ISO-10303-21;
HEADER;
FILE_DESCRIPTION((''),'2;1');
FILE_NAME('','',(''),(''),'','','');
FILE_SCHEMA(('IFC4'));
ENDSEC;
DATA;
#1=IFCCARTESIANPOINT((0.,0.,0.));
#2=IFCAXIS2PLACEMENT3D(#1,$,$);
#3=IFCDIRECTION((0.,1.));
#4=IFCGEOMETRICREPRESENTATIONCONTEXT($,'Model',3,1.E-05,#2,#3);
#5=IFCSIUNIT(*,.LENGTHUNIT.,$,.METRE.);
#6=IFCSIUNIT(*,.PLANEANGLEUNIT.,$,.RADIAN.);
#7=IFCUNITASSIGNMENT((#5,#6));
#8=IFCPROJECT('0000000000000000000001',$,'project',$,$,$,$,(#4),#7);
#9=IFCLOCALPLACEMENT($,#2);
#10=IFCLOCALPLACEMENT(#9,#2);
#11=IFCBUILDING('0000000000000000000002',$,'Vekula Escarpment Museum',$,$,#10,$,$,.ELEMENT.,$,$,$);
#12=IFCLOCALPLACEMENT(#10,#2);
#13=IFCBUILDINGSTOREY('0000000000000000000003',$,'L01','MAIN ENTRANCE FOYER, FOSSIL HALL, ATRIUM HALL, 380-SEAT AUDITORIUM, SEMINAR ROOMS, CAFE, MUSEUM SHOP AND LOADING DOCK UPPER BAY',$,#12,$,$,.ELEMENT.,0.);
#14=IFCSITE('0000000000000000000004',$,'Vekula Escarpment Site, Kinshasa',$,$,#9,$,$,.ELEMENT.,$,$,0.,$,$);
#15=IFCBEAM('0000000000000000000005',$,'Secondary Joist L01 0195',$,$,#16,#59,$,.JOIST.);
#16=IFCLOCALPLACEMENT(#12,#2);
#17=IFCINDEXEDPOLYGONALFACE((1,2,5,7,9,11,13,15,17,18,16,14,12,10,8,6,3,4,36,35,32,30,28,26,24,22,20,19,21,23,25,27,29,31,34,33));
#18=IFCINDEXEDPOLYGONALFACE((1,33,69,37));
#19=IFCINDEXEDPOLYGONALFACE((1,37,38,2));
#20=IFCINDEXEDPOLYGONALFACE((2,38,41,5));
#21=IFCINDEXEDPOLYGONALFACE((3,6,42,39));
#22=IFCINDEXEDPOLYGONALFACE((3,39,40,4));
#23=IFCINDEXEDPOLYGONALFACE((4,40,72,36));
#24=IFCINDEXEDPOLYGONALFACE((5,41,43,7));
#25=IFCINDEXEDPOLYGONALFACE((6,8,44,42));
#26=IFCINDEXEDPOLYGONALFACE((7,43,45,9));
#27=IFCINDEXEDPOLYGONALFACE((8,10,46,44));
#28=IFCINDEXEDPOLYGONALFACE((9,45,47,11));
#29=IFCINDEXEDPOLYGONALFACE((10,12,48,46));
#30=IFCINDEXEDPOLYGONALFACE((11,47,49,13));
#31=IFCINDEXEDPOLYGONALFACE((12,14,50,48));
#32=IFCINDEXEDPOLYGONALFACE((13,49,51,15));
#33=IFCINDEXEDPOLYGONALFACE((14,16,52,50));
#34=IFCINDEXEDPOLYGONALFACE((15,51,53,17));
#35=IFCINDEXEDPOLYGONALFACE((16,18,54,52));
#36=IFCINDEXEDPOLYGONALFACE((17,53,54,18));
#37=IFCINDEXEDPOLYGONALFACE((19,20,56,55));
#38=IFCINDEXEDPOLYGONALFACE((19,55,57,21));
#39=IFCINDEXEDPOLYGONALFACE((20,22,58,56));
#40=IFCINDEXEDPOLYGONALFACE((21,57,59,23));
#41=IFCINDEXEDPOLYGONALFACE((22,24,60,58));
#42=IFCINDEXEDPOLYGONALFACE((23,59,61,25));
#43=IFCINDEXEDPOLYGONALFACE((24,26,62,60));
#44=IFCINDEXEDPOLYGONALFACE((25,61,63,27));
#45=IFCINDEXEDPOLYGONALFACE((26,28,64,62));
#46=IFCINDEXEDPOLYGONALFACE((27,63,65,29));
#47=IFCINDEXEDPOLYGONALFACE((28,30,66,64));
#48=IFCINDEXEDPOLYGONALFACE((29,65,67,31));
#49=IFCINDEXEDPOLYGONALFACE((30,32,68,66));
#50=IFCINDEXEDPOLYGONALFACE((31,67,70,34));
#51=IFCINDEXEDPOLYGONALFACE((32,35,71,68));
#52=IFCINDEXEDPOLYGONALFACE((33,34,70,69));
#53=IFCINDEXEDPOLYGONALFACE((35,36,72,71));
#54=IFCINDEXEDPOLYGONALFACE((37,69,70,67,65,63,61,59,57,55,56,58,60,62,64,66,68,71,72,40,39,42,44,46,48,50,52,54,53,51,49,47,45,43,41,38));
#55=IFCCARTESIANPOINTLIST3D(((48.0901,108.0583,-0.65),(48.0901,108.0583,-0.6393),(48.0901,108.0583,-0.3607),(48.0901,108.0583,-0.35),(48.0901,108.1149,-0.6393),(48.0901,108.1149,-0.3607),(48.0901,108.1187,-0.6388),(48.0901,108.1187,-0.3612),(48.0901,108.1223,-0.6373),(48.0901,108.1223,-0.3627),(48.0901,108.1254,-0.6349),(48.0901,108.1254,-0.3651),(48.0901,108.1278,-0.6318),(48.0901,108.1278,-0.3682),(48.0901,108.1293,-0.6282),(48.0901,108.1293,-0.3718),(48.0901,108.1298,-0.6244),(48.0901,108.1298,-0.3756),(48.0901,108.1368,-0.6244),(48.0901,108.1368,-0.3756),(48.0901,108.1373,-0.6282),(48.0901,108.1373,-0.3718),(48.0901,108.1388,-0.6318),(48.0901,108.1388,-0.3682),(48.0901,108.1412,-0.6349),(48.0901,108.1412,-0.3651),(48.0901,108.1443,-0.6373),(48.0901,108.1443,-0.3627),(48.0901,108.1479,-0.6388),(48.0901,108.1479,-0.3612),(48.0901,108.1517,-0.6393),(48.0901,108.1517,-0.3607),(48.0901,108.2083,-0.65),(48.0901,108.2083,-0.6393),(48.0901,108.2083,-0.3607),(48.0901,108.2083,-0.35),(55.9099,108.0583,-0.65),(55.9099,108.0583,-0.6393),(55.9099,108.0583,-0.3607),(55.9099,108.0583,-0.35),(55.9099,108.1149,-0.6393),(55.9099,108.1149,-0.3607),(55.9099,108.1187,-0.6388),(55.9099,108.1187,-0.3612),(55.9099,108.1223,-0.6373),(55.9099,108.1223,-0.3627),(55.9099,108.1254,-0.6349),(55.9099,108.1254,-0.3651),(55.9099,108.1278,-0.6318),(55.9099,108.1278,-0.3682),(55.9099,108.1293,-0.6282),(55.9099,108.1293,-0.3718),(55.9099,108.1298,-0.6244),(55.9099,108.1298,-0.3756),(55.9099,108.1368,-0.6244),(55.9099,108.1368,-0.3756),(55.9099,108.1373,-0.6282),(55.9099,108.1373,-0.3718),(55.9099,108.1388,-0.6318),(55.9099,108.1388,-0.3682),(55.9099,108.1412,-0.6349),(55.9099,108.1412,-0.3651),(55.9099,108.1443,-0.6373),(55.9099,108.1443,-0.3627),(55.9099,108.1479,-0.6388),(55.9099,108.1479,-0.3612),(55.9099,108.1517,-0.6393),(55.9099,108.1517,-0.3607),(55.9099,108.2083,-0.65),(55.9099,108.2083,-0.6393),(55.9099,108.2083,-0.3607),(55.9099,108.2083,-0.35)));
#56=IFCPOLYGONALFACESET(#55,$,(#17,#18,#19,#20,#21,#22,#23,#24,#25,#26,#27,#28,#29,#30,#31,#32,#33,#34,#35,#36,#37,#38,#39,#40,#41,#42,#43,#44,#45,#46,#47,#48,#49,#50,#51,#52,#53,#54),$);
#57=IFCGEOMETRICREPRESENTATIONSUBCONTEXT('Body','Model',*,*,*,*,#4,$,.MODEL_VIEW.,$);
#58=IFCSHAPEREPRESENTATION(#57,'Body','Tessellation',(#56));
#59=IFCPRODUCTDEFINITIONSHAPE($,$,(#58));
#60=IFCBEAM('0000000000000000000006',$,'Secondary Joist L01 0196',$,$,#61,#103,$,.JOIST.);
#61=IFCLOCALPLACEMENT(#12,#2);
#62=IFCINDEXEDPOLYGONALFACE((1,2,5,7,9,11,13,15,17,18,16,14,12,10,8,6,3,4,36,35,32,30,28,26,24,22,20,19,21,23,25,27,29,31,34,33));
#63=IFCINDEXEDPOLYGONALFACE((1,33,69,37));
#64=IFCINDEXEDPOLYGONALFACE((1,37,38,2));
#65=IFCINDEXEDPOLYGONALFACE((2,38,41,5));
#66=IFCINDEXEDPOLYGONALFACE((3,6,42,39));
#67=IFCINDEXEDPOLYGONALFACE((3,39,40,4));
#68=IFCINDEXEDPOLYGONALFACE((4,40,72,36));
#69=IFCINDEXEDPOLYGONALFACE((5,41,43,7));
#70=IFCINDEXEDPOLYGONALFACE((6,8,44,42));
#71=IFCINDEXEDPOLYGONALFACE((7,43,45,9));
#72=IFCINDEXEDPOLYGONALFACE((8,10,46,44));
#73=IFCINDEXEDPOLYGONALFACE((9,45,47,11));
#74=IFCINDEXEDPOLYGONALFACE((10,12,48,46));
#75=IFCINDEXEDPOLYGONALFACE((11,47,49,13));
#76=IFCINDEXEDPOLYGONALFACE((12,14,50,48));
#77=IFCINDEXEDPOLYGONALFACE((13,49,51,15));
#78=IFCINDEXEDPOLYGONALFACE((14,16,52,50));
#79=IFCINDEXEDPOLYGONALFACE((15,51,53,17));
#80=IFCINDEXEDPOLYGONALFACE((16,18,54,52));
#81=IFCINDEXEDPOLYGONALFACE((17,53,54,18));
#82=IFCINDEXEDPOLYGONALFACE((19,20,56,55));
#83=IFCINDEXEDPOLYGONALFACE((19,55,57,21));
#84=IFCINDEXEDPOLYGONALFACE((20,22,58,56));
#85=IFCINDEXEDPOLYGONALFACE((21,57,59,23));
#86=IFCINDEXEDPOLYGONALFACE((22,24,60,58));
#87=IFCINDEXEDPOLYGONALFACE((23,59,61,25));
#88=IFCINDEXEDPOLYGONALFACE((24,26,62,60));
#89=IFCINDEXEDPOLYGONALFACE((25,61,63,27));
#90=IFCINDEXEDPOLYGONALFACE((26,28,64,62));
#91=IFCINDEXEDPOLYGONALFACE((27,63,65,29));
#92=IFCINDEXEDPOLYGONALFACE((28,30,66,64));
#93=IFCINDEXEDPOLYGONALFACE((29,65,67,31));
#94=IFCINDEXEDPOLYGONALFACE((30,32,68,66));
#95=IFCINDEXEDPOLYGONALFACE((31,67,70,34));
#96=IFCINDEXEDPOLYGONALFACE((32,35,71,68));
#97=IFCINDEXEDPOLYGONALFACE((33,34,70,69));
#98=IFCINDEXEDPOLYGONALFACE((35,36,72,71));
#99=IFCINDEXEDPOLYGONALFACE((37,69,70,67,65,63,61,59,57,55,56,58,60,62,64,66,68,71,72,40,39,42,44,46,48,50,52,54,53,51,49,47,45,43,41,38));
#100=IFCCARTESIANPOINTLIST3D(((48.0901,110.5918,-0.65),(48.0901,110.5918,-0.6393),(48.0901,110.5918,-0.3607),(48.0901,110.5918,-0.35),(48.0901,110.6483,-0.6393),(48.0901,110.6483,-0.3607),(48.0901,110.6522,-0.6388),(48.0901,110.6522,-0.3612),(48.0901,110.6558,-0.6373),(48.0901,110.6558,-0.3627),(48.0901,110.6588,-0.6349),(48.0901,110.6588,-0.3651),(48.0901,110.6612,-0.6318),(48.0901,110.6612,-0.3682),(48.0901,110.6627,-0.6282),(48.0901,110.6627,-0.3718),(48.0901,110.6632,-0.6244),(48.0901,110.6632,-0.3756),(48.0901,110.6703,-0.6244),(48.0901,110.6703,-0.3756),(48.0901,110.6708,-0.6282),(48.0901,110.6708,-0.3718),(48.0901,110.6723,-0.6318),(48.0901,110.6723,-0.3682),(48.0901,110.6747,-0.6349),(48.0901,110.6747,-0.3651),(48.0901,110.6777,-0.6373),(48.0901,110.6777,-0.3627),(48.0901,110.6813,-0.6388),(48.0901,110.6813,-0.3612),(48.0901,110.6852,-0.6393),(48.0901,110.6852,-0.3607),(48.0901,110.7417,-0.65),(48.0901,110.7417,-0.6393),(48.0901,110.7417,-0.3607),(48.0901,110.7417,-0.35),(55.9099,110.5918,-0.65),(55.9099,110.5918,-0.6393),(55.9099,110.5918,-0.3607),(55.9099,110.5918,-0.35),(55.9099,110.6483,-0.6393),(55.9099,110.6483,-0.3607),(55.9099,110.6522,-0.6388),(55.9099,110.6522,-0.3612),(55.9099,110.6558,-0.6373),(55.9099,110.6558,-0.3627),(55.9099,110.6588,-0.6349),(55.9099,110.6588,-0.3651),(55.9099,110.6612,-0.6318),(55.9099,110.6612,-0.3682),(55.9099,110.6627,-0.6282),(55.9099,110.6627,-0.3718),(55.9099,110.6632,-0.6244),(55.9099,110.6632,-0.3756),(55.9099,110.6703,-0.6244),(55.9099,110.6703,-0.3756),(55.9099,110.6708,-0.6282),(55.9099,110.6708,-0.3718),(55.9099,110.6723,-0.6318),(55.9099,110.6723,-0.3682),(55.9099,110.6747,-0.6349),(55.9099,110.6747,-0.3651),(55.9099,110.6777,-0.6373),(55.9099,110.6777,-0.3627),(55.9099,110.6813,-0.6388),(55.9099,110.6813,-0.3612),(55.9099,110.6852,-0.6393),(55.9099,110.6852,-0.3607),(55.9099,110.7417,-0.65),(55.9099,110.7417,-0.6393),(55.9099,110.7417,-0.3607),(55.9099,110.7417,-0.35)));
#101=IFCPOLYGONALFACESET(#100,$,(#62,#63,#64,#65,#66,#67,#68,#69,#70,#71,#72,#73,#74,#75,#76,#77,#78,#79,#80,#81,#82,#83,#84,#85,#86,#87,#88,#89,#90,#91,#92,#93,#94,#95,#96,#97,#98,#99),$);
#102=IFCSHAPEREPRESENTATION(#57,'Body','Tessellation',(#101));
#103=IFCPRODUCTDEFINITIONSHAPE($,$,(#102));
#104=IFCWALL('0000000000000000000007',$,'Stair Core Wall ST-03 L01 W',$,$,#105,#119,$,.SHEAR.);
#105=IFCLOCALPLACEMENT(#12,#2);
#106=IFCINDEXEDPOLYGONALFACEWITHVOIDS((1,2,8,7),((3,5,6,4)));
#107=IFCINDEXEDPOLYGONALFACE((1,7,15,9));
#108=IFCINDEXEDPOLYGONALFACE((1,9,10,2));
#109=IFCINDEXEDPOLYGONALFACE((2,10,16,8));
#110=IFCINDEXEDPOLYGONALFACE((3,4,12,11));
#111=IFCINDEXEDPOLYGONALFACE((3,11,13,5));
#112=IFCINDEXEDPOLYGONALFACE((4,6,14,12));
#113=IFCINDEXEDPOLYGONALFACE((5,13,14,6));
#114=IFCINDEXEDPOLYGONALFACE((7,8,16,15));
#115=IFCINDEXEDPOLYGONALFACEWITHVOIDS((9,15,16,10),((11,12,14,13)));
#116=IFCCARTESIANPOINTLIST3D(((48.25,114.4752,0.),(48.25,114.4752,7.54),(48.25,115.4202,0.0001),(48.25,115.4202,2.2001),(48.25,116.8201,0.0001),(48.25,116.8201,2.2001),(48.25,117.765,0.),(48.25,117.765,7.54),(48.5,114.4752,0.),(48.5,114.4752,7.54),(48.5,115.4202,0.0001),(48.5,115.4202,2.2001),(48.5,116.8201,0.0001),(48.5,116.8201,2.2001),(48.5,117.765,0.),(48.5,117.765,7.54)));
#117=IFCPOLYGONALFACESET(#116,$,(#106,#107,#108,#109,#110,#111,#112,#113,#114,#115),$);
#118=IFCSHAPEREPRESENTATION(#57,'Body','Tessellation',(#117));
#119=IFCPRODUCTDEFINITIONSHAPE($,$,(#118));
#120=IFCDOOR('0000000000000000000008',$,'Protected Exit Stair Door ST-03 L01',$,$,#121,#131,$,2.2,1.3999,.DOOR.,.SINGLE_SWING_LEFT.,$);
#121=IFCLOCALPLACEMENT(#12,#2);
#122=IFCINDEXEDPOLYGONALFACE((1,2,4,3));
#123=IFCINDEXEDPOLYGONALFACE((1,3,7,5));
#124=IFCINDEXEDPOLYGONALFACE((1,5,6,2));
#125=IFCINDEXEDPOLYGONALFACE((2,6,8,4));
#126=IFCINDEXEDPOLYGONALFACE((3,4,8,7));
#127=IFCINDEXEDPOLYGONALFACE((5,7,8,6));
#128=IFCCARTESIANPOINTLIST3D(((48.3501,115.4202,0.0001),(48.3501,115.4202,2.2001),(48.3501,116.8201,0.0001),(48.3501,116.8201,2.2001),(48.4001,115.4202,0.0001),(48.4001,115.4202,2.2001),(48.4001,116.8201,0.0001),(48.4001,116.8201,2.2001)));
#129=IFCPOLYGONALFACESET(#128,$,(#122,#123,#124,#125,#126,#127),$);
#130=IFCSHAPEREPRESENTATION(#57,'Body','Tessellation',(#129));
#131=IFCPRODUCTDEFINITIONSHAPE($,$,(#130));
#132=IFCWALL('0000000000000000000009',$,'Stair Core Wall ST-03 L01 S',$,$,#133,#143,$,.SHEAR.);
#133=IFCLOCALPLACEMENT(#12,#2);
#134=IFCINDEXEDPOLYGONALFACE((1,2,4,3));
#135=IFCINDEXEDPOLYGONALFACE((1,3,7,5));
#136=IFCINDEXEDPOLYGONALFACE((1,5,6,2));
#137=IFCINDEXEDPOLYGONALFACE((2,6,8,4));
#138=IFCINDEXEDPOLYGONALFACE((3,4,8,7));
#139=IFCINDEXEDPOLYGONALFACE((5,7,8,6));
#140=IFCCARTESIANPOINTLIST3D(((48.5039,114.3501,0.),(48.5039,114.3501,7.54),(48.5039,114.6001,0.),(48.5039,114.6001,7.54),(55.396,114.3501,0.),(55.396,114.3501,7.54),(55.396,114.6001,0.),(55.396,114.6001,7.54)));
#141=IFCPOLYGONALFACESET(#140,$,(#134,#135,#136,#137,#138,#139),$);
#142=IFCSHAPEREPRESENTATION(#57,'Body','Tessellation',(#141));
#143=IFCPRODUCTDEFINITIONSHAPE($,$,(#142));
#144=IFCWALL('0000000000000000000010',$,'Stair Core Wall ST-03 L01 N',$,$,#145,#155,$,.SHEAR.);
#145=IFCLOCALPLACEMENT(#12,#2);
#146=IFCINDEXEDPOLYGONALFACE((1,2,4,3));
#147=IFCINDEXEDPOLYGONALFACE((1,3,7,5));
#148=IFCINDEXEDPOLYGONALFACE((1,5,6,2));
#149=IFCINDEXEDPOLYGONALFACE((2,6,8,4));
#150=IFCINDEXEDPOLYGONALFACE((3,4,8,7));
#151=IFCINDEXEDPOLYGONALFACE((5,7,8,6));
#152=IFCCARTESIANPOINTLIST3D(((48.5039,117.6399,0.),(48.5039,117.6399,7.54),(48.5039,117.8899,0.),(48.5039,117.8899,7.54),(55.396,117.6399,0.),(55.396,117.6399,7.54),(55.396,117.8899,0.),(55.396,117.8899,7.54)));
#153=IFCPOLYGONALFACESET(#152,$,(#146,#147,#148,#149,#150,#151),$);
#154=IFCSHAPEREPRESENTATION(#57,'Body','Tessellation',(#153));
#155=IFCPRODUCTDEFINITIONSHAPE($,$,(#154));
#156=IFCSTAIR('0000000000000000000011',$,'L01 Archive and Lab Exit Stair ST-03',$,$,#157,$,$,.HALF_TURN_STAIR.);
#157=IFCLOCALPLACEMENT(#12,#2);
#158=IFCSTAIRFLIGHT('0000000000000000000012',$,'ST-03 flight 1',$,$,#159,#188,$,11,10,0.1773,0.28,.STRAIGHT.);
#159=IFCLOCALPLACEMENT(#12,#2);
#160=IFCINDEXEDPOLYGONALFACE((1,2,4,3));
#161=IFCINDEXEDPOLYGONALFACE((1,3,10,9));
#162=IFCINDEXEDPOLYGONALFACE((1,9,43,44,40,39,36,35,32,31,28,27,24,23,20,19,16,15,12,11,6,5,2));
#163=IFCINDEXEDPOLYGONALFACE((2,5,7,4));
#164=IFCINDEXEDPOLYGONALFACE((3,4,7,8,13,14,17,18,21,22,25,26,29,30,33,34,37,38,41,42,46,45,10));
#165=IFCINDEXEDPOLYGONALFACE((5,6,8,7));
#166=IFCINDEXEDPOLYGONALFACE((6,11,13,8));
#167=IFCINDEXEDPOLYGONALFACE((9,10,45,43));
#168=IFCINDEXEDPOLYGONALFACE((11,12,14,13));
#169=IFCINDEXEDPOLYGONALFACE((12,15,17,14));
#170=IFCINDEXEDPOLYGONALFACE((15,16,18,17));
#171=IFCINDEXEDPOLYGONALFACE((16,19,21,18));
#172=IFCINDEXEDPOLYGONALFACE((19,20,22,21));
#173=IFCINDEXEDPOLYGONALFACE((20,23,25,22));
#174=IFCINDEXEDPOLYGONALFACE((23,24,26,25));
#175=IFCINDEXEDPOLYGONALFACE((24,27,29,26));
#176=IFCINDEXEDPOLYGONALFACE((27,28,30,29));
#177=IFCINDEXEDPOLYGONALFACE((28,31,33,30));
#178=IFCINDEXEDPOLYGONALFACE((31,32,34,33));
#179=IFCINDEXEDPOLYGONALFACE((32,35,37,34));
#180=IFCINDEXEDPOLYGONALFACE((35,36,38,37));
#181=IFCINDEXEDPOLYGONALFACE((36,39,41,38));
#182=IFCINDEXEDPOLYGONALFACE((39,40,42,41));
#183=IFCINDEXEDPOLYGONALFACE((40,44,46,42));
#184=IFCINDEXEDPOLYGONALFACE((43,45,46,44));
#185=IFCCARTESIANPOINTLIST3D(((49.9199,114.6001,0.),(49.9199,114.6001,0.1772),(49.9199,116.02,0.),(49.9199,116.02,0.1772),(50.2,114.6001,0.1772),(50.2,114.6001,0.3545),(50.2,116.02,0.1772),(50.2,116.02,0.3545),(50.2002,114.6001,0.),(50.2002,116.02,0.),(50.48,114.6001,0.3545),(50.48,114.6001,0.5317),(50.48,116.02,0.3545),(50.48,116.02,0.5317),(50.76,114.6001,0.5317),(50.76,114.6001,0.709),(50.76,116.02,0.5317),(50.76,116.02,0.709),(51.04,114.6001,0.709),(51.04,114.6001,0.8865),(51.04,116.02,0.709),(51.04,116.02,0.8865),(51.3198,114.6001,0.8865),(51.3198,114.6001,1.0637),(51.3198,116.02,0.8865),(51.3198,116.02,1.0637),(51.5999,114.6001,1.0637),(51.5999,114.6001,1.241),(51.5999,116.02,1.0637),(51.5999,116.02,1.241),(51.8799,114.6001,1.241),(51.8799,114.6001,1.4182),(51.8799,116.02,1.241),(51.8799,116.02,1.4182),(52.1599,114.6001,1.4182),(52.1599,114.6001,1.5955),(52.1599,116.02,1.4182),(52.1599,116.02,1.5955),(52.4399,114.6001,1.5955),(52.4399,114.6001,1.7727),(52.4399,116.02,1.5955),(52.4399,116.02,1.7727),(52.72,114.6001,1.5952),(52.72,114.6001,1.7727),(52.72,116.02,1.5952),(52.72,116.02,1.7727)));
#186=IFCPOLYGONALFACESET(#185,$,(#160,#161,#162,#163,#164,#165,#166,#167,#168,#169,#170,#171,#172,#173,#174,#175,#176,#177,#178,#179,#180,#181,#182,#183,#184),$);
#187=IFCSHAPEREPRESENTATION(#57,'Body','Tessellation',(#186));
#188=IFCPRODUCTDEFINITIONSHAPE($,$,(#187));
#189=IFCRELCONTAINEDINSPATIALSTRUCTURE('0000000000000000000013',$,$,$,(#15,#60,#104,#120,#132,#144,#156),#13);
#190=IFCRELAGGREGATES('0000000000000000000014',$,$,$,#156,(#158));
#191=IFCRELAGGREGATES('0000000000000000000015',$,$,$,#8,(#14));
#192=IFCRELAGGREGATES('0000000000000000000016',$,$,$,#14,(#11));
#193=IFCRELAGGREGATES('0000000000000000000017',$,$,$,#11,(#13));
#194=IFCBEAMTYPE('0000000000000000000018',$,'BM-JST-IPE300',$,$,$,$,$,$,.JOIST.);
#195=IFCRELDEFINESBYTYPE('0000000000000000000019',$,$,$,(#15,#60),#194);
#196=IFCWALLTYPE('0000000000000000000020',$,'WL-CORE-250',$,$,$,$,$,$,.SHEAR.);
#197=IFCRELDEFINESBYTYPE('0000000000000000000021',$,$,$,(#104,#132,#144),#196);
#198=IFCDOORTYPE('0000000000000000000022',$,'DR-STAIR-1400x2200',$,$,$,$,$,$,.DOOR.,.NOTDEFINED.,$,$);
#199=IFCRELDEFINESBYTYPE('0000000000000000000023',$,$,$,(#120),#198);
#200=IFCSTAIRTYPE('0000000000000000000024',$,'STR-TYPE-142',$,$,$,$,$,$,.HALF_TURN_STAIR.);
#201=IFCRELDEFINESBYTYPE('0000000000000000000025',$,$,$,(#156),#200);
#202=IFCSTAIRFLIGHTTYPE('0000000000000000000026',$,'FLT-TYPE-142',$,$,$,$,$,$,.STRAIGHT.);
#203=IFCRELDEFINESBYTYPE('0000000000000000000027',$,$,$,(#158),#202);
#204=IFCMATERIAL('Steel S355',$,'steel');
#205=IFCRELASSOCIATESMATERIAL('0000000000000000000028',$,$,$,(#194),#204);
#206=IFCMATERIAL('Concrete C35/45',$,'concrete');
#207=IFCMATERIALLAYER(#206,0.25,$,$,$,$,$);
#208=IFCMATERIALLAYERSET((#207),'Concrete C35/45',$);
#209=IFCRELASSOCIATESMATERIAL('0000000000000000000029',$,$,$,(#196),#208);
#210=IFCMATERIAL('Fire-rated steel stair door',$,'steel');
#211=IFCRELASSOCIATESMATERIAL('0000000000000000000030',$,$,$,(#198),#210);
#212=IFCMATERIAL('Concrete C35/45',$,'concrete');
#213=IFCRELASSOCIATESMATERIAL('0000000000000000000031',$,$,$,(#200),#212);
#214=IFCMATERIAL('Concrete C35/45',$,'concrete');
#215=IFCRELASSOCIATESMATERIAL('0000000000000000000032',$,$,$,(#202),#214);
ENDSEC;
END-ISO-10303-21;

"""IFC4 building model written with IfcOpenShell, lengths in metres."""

from ifc_helpers import new_model, si_unit, direction, frame, frame_2d, origin, origin_2d, place, context, subcontext, project, spatial, polyline, rectangle, i_section, outline, extrude, material, layer, layer_set, material_profile, profile_set, type_object, element, fill, aggregate, save


model = new_model("IFC4")

# Units and contexts
model_context = context("Model", 3, precision=1e-05, world=origin(), true_north=direction((0.0, 1.0)))
body_context = subcontext(model_context, "Body", "Model", "MODEL_VIEW")
ifc_project = project(units=[si_unit("LENGTHUNIT", "METRE"), si_unit("PLANEANGLEUNIT", "RADIAN")], contexts=[model_context])

# Site, building, storey
site_placement = place(None, origin())
site = spatial("IfcSite", under=ifc_project, at=site_placement, Name="Vekula Escarpment Site, Kinshasa", CompositionType="ELEMENT", RefElevation=0.0)
building_placement = place(site_placement, origin())
building = spatial("IfcBuilding", under=site, at=building_placement, Name="Vekula Escarpment Museum", CompositionType="ELEMENT")
storey_placement = place(building_placement, origin())
storey = spatial("IfcBuildingStorey", under=building, at=storey_placement, Name="L01", Description="MAIN ENTRANCE FOYER, FOSSIL HALL, ATRIUM HALL, 380-SEAT AUDITORIUM, SEMINAR ROOMS, CAFE, MUSEUM SHOP AND LOADING DOCK UPPER BAY", CompositionType="ELEMENT", Elevation=0.0)

# Beams
ifc_material_1 = material(Name="Steel S355", Category="steel")
ifc_material_profile = material_profile(ifc_material_1, i_section(OverallWidth=0.1499, OverallDepth=0.3, WebThickness=0.0071, FlangeThickness=0.0107, FilletRadius=0.0149, at=origin_2d()), Name="IPE 300")
ifc_profile_set = profile_set([ifc_material_profile], Name="Steel S355")
beam_type = type_object("IfcBeamType", Name="BM-JST-IPE300", PredefinedType="JOIST", material=ifc_profile_set)
for number, where, z_axis, x_axis, name in (
    (1, (48.0901, 108.1333, -0.5), (1.0, 0.0, 0.0), (0.0, 1.0, 0.0), "Secondary Joist L01 0195"),
    (2, (48.0901, 110.6667, -0.5), (1.0, 0.0, 0.0), (0.0, 1.0, 0.0), "Secondary Joist L01 0196"),
):
    element("IfcBeam", number, at=place(storey_placement, frame(where, z_axis=z_axis, x_axis=x_axis)), inside=storey, type_object=beam_type, Name=name, PredefinedType="JOIST", context=body_context, shape_type="SweptSolid", body=[
        extrude(i_section(OverallWidth=0.1499, OverallDepth=0.3, WebThickness=0.0071, FlangeThickness=0.0107, FilletRadius=0.0149, at=origin_2d()), origin(), (0.0, 0.0, 1.0), 7.8198),
    ])

# Wall, opening, door
ifc_material_2 = material(Name="Concrete C35/45", Category="concrete")
ifc_layer_1 = layer(ifc_material_2, 0.25)
ifc_layer_set_1 = layer_set([ifc_layer_1], Name="Concrete C35/45")
wall_type = type_object("IfcWallType", Name="WL-CORE-250", PredefinedType="SHEAR", material=ifc_layer_set_1)
wall_placement = place(storey_placement, frame((48.375, 114.4751, 0.0), z_axis=(0.0, 0.0, 1.0), x_axis=(0.0, 1.0, 0.0)))
wall = element("IfcWall", 3, at=wall_placement, inside=storey, type_object=wall_type, Name="Stair Core Wall ST-03 L01 W", PredefinedType="SHEAR", context=body_context, shape_type="SweptSolid", body=[
    extrude(rectangle(XDim=3.2898, YDim=0.25, at=frame_2d((1.645, 0.0))), origin(), (0.0, 0.0, 1.0), 7.54),
])
opening_placement = place(wall_placement, frame((0.9451, 0.0, 0.0)))
opening = element("IfcOpeningElement", 4, at=opening_placement, cuts=wall, PredefinedType="OPENING", context=body_context, shape_type="SweptSolid", body=[
    extrude(rectangle(XDim=1.3999, YDim=2.2, at=frame_2d((0.7, 1.1001))), frame((0.0, 0.135, 0.0), z_axis=(0.0, -1.0, 0.0), x_axis=(1.0, 0.0, 0.0)), (0.0, 0.0, 1.0), 0.27),
])
ifc_material_3 = material(Name="Fire-rated steel stair door", Category="steel")
door_type = type_object("IfcDoorType", Name="DR-STAIR-1400x2200", OperationType="NOTDEFINED", PredefinedType="DOOR", material=ifc_material_3)
door_placement = place(opening_placement, origin())
door = element("IfcDoor", 5, at=door_placement, inside=storey, type_object=door_type, Name="Protected Exit Stair Door ST-03 L01", OperationType="SINGLE_SWING_LEFT", OverallHeight=2.2, OverallWidth=1.3999, PredefinedType="DOOR", context=body_context, shape_type="SweptSolid", body=[
    extrude(rectangle(XDim=1.3999, YDim=2.2, at=frame_2d((0.7, 1.1001))), frame((0.0, 0.0249, 0.0), z_axis=(0.0, -1.0, 0.0), x_axis=(1.0, 0.0, 0.0)), (0.0, 0.0, 1.0), 0.05),
])
fill(opening, door)

# Walls
for number, where, z_axis, x_axis, name in (
    (6, (48.5039, 114.4751, 0.0), (0.0, 0.0, 1.0), (1.0, 0.0, 0.0), "Stair Core Wall ST-03 L01 S"),
    (7, (48.5039, 117.7649, 0.0), (0.0, 0.0, 1.0), (1.0, 0.0, 0.0), "Stair Core Wall ST-03 L01 N"),
):
    element("IfcWall", number, at=place(storey_placement, frame(where, z_axis=z_axis, x_axis=x_axis)), inside=storey, type_object=wall_type, Name=name, PredefinedType="SHEAR", context=body_context, shape_type="SweptSolid", body=[
        extrude(rectangle(XDim=6.8921, YDim=0.25, at=frame_2d((3.446, 0.0))), origin(), (0.0, 0.0, 1.0), 7.54),
    ])

# Stair, stair flight
ifc_material_4 = material(Name="Concrete C35/45", Category="concrete")
stair_type = type_object("IfcStairType", Name="STR-TYPE-142", PredefinedType="HALF_TURN_STAIR", material=ifc_material_4)
stair_placement = place(storey_placement, origin())
stair = element("IfcStair", 8, at=stair_placement, inside=storey, type_object=stair_type, Name="L01 Archive and Lab Exit Stair ST-03", PredefinedType="HALF_TURN_STAIR")
ifc_material_5 = material(Name="Concrete C35/45", Category="concrete")
stair_flight_type = type_object("IfcStairFlightType", Name="FLT-TYPE-142", PredefinedType="STRAIGHT", material=ifc_material_5)
stair_flight_1_placement = place(storey_placement, frame((49.9199, 115.3101, 0.0), z_axis=(0.0, 0.0, 1.0), x_axis=(1.0, 0.0, 0.0)))
stair_flight_1 = element("IfcStairFlight", 9, at=stair_flight_1_placement, type_object=stair_flight_type, Name="ST-03 flight 1", NumberOfRisers=11, NumberOfTreads=10, PredefinedType="STRAIGHT", RiserHeight=0.1773, TreadLength=0.28, context=body_context, shape_type="SweptSolid", body=[
    extrude(outline(polyline([(0.0, 0.0), (0.0, 0.1772), (0.28, 0.1772), (0.28, 0.3545), (0.5601, 0.3545), (0.5601, 0.5317), (0.8401, 0.5317), (0.8401, 0.709), (1.1201, 0.709), (1.1201, 0.8865), (1.3999, 0.8865), (1.3999, 1.0637), (1.6799, 1.0637), (1.6799, 1.241), (1.96, 1.241), (1.96, 1.4182), (2.24, 1.4182), (2.24, 1.5955), (2.52, 1.5955), (2.52, 1.7727), (2.8, 1.7727), (2.8, 1.95), (2.8, 1.5952), (0.2803, 0.0), (0.0, 0.0)])), frame((0.0, 0.71, 0.0), z_axis=(0.0, -1.0, 0.0), x_axis=(1.0, 0.0, 0.0)), (0.0, 0.0, 1.0), 1.4199),
])
aggregate(stair, [stair_flight_1])

save(model, "model.ifc")
